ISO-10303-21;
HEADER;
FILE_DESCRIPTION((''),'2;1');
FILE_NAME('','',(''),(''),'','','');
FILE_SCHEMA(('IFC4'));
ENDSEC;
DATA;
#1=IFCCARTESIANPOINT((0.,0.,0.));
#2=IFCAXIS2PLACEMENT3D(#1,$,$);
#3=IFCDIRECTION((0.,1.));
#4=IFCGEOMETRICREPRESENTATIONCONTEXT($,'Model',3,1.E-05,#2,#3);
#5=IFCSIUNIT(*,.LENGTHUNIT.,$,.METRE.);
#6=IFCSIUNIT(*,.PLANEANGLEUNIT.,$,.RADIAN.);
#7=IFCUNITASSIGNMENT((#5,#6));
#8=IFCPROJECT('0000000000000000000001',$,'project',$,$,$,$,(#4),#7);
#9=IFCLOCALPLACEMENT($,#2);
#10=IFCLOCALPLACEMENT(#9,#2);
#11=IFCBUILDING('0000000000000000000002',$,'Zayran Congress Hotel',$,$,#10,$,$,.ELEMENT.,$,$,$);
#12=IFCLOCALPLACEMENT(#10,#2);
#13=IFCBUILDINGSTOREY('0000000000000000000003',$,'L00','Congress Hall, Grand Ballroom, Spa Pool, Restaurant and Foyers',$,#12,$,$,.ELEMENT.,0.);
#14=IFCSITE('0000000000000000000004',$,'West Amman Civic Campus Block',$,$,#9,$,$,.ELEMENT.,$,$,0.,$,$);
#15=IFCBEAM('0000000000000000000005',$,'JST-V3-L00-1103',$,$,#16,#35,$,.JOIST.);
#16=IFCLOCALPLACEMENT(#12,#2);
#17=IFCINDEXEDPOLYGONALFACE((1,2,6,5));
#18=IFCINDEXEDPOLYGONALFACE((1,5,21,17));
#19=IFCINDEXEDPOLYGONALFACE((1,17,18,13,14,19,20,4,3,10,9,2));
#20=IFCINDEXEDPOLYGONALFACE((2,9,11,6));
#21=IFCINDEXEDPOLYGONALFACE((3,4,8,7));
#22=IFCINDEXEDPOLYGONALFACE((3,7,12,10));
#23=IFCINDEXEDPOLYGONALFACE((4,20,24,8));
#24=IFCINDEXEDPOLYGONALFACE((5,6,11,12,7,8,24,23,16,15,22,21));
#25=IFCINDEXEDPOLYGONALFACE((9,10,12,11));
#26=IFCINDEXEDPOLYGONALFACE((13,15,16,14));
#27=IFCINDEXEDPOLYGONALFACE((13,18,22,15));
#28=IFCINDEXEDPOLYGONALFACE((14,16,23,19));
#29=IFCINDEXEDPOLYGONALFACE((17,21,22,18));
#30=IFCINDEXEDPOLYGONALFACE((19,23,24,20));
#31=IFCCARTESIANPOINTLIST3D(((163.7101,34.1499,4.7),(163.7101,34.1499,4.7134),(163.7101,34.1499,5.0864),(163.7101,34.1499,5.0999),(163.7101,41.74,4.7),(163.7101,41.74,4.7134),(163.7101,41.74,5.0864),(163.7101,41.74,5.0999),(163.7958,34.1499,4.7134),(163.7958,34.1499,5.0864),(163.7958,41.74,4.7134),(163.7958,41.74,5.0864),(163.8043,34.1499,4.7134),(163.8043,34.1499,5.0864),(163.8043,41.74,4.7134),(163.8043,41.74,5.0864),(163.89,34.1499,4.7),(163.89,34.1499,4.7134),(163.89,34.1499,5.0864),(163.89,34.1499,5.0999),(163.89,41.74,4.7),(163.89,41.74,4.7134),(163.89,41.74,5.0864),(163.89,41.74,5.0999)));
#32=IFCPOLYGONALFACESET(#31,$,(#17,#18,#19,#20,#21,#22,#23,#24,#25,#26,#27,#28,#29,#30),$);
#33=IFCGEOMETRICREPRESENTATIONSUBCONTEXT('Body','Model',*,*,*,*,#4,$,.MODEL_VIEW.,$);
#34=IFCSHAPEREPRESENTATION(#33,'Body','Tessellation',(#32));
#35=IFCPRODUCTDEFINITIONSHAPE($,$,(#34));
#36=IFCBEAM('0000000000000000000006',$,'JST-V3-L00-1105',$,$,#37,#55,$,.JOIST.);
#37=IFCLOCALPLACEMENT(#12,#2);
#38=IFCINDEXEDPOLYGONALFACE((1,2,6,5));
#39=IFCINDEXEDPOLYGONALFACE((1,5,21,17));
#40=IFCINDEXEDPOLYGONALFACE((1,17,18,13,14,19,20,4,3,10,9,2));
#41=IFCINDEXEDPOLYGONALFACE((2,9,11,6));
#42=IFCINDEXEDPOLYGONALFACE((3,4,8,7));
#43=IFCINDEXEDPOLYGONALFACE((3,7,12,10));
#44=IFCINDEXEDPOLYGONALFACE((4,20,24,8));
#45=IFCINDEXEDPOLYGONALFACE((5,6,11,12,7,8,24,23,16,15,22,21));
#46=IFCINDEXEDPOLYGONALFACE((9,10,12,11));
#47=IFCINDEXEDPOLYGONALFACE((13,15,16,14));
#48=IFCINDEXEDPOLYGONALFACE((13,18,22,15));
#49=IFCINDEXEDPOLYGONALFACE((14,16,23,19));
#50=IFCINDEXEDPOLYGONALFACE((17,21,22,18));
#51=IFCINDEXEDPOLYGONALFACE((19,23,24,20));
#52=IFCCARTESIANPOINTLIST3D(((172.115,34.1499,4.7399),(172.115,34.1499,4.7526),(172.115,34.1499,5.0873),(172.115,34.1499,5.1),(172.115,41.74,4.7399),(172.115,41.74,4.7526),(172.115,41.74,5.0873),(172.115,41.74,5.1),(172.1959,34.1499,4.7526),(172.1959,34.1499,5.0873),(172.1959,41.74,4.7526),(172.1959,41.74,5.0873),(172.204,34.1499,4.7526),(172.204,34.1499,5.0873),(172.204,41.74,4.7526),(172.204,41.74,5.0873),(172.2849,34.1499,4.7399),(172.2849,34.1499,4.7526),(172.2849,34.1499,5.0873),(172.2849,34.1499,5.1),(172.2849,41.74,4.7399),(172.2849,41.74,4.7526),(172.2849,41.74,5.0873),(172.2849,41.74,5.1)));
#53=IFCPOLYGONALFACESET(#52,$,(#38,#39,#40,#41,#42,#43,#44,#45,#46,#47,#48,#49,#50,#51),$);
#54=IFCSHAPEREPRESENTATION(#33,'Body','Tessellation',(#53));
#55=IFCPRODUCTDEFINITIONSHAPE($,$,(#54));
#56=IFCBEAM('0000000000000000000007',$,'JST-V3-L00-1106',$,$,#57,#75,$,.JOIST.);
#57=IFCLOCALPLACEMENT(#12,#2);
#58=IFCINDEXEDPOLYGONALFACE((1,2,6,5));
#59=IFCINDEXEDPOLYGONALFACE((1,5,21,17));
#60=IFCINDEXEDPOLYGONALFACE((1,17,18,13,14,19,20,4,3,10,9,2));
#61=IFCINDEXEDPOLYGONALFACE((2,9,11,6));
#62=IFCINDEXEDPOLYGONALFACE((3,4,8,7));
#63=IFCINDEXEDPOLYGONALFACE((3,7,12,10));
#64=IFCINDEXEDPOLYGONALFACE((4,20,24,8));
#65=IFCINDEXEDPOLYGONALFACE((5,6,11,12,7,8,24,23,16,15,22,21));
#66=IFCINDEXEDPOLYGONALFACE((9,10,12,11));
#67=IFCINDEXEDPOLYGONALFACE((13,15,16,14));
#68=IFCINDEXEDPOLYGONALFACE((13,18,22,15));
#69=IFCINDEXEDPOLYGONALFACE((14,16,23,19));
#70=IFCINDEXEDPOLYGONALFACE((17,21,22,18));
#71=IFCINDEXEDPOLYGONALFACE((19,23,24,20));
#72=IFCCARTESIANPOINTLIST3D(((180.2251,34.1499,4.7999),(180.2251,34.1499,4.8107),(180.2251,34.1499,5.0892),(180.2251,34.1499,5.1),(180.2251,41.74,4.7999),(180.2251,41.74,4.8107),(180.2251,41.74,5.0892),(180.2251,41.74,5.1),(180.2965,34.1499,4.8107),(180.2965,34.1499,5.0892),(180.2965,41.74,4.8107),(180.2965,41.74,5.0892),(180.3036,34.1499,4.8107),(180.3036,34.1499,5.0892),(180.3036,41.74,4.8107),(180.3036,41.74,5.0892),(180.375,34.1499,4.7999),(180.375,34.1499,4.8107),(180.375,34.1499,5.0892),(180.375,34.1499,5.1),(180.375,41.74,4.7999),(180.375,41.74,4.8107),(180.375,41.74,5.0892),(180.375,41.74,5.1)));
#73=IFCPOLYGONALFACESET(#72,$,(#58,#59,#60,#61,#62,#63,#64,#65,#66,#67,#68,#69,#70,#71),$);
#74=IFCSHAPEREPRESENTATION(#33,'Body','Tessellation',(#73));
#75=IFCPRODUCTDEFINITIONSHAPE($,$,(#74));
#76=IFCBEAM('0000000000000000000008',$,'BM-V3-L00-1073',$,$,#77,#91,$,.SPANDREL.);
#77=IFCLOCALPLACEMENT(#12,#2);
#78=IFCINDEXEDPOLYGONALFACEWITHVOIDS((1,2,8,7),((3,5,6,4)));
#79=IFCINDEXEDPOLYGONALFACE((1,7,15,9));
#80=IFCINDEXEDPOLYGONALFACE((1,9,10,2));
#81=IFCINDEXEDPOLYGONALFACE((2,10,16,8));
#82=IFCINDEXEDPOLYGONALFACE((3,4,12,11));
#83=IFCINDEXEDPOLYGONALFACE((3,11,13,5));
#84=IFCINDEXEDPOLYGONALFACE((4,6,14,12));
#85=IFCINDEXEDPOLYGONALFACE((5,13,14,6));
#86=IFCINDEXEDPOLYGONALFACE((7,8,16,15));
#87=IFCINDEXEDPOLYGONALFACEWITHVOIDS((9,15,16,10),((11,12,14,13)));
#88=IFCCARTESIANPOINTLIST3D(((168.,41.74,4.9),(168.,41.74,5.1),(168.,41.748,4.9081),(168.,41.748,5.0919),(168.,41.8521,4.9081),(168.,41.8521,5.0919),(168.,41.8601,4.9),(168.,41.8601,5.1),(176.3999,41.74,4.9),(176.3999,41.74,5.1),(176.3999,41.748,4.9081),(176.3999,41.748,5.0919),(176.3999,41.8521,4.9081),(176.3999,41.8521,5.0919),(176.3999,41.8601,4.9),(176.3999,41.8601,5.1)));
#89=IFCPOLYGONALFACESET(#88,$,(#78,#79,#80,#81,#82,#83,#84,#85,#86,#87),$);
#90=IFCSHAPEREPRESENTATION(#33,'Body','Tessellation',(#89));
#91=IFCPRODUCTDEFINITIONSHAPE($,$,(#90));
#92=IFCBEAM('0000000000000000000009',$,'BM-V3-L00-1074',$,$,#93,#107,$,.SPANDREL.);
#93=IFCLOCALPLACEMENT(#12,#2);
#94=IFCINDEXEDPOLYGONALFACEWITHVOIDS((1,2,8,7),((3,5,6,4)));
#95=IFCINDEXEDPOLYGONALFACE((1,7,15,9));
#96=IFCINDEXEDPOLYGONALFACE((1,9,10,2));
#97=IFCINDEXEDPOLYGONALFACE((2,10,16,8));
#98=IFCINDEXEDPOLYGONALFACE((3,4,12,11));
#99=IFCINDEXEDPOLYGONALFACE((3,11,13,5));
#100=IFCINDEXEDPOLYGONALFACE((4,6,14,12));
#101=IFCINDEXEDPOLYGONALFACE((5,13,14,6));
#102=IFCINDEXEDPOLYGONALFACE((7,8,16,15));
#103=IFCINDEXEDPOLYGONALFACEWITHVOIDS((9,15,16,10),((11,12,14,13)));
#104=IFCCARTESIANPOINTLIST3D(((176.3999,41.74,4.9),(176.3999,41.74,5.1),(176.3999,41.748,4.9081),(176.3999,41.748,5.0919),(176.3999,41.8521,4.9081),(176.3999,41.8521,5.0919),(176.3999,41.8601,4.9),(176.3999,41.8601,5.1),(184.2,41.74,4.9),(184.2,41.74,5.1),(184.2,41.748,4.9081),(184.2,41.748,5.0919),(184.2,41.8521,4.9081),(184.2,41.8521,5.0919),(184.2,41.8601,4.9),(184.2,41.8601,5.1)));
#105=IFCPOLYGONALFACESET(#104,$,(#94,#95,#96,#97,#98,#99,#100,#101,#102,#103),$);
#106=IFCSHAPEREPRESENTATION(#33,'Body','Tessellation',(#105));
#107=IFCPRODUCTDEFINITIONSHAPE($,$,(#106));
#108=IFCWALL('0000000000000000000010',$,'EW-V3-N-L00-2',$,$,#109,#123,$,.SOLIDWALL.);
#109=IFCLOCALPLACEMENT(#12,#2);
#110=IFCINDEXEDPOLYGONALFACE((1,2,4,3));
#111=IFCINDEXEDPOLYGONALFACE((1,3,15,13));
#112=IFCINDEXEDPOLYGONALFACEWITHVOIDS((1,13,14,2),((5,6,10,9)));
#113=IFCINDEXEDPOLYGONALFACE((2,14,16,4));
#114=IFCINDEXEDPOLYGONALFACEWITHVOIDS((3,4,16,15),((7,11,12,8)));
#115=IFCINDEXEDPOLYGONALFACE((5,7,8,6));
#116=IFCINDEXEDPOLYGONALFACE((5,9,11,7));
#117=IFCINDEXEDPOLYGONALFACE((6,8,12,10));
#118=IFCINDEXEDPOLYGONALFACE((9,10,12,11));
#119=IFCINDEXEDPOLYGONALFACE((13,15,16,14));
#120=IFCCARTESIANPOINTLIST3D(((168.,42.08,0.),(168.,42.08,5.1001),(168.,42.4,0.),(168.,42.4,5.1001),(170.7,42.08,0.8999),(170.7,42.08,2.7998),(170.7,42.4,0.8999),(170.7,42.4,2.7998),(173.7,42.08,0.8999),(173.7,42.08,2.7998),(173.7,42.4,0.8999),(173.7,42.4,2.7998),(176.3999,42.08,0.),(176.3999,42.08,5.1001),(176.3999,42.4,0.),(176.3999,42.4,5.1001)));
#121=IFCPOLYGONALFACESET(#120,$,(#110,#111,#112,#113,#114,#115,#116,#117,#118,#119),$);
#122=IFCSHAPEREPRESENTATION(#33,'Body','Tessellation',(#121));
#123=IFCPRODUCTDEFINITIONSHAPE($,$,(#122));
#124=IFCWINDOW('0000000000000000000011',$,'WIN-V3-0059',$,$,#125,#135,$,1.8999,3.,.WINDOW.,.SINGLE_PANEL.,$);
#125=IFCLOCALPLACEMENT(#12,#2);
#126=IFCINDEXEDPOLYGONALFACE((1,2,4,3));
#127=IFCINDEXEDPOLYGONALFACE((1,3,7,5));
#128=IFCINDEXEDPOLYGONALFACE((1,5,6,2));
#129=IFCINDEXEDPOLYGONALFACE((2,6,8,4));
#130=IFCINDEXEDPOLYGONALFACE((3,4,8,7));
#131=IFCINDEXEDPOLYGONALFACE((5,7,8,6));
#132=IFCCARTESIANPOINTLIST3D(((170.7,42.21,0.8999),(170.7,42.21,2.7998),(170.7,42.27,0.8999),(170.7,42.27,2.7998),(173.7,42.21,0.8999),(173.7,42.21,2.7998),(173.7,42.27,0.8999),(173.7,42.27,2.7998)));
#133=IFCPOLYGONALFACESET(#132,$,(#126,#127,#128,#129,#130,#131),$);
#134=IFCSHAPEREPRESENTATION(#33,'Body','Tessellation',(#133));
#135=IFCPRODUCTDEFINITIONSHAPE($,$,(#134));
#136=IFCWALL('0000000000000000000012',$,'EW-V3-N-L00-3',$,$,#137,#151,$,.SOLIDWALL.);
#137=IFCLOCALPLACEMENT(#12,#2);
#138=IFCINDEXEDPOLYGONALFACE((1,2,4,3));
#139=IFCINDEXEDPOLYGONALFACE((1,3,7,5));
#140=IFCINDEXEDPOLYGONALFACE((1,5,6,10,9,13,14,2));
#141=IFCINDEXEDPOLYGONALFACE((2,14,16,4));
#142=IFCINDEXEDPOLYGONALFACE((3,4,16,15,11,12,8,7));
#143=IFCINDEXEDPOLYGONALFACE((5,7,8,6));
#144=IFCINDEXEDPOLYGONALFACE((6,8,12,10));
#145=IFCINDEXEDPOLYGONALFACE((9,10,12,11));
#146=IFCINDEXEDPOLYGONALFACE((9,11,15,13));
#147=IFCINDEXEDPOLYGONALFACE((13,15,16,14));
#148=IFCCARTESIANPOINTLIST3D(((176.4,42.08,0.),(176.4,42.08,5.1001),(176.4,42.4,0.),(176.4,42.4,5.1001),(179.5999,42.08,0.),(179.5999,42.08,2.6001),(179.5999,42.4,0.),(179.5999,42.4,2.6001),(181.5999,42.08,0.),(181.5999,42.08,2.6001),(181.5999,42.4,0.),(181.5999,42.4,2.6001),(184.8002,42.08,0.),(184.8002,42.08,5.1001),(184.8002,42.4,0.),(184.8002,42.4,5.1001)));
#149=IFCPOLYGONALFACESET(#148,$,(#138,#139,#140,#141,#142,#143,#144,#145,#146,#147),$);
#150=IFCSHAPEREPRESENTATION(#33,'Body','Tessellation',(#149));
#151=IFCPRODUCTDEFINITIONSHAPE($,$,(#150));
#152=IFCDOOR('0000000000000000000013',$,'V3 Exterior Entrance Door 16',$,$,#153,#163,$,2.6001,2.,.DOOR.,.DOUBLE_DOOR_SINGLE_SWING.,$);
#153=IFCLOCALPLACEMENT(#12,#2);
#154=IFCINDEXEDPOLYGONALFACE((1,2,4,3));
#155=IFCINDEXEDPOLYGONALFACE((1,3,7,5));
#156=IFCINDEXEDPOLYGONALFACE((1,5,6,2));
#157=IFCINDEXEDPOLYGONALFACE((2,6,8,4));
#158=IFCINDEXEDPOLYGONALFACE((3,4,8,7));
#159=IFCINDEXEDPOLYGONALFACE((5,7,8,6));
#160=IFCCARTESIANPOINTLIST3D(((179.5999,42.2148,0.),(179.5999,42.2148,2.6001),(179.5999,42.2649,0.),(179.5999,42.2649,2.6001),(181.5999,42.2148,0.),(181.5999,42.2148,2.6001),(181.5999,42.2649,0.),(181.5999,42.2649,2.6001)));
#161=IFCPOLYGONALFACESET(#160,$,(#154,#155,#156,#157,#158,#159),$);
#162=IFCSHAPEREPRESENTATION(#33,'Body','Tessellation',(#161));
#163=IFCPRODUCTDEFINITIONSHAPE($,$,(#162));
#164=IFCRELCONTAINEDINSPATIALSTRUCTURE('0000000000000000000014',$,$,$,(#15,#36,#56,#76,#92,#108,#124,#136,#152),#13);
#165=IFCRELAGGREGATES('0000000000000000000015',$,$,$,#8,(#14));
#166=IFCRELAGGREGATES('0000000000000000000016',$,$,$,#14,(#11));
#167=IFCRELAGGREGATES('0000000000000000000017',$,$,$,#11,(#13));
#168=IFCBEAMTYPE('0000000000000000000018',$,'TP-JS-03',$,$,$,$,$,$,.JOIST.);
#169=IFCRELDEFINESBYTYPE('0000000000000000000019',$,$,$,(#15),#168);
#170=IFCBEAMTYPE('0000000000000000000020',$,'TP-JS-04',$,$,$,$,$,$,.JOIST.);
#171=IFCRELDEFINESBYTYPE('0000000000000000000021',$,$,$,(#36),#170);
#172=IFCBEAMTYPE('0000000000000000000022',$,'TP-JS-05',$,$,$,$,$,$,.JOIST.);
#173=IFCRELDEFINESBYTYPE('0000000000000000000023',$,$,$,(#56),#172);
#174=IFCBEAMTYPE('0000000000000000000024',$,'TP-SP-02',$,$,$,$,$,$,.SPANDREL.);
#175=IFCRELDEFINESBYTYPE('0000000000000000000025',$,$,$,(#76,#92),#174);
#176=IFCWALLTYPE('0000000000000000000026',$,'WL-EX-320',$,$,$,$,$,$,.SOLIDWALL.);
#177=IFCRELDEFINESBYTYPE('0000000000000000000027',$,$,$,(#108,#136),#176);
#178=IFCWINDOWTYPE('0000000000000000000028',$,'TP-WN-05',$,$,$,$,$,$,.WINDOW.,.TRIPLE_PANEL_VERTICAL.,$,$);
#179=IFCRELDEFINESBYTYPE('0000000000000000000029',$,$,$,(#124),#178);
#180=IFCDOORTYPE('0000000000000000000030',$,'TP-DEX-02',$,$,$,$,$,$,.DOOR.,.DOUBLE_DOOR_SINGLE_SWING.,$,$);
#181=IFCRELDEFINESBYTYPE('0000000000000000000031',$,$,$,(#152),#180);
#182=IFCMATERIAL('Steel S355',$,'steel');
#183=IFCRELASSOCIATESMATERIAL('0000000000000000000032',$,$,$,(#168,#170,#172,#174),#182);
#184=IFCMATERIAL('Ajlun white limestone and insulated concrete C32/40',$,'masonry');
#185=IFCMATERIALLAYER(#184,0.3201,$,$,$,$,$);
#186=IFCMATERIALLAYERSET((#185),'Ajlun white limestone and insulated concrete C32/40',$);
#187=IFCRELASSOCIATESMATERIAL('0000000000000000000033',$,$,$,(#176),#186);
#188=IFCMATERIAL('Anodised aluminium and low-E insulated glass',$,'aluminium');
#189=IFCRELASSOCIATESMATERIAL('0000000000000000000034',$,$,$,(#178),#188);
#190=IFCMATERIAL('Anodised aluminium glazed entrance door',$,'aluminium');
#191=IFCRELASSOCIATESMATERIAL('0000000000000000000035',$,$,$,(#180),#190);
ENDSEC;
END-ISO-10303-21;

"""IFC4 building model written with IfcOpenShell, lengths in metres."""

from ifc_helpers import new_model, si_unit, direction, frame, frame_2d, origin, origin_2d, place, context, subcontext, project, spatial, rectangle, hollow_rectangle, i_section, extrude, material, layer, layer_set, material_profile, profile_set, type_object, element, fill, save


model = new_model("IFC4")

# Units and contexts
model_context = context("Model", 3, precision=1e-05, world=origin(), true_north=direction((0.0, 1.0)))
body_context = subcontext(model_context, "Body", "Model", "MODEL_VIEW")
ifc_project = project(units=[si_unit("LENGTHUNIT", "METRE"), si_unit("PLANEANGLEUNIT", "RADIAN")], contexts=[model_context])

# Site, building, storey
site_placement = place(None, origin())
site = spatial("IfcSite", under=ifc_project, at=site_placement, Name="West Amman Civic Campus Block", CompositionType="ELEMENT", RefElevation=0.0)
building_placement = place(site_placement, origin())
building = spatial("IfcBuilding", under=site, at=building_placement, Name="Zayran Congress Hotel", CompositionType="ELEMENT")
storey_placement = place(building_placement, origin())
storey = spatial("IfcBuildingStorey", under=building, at=storey_placement, Name="L00", Description="Congress Hall, Grand Ballroom, Spa Pool, Restaurant and Foyers", CompositionType="ELEMENT", Elevation=0.0)

# Beams
ifc_material_1 = material(Name="Steel S355", Category="steel")
ifc_material_profile_1 = material_profile(ifc_material_1, i_section(OverallWidth=0.1799, OverallDepth=0.3999, WebThickness=0.0085, FlangeThickness=0.0134, at=origin_2d()), Name="IPE 400")
ifc_profile_set_1 = profile_set([ifc_material_profile_1], Name="Steel S355")
beam_type_1 = type_object("IfcBeamType", Name="TP-JS-03", PredefinedType="JOIST", material=ifc_profile_set_1)
beam_1_placement = place(storey_placement, frame((163.8, 34.1499, 4.8999), z_axis=(0.0, 1.0, 0.0), x_axis=(-1.0, 0.0, 0.0)))
element("IfcBeam", 1, at=beam_1_placement, inside=storey, type_object=beam_type_1, Name="JST-V3-L00-1103", PredefinedType="JOIST", context=body_context, shape_type="SweptSolid", body=[
    extrude(i_section(OverallWidth=0.1799, OverallDepth=0.3999, WebThickness=0.0085, FlangeThickness=0.0134, at=origin_2d()), origin(), (0.0, 0.0, 1.0), 7.5901),
])
ifc_material_profile_2 = material_profile(ifc_material_1, i_section(OverallWidth=0.1699, OverallDepth=0.3601, WebThickness=0.0081, FlangeThickness=0.0127, at=origin_2d()), Name="IPE 360")
ifc_profile_set_2 = profile_set([ifc_material_profile_2], Name="Steel S355")
beam_type_2 = type_object("IfcBeamType", Name="TP-JS-04", PredefinedType="JOIST", material=ifc_profile_set_2)
beam_2_placement = place(storey_placement, frame((172.2, 34.1499, 4.9199), z_axis=(0.0, 1.0, 0.0), x_axis=(-1.0, 0.0, 0.0)))
element("IfcBeam", 2, at=beam_2_placement, inside=storey, type_object=beam_type_2, Name="JST-V3-L00-1105", PredefinedType="JOIST", context=body_context, shape_type="SweptSolid", body=[
    extrude(i_section(OverallWidth=0.1699, OverallDepth=0.3601, WebThickness=0.0081, FlangeThickness=0.0127, at=origin_2d()), origin(), (0.0, 0.0, 1.0), 7.5901),
])
ifc_material_profile_3 = material_profile(ifc_material_1, i_section(OverallWidth=0.1499, OverallDepth=0.3, WebThickness=0.0071, FlangeThickness=0.0107, at=origin_2d()), Name="IPE 300")
ifc_profile_set_3 = profile_set([ifc_material_profile_3], Name="Steel S355")
beam_type_3 = type_object("IfcBeamType", Name="TP-JS-05", PredefinedType="JOIST", material=ifc_profile_set_3)
beam_3_placement = place(storey_placement, frame((180.3, 34.1499, 4.95), z_axis=(0.0, 1.0, 0.0), x_axis=(-1.0, 0.0, 0.0)))
element("IfcBeam", 3, at=beam_3_placement, inside=storey, type_object=beam_type_3, Name="JST-V3-L00-1106", PredefinedType="JOIST", context=body_context, shape_type="SweptSolid", body=[
    extrude(i_section(OverallWidth=0.1499, OverallDepth=0.3, WebThickness=0.0071, FlangeThickness=0.0107, at=origin_2d()), origin(), (0.0, 0.0, 1.0), 7.5901),
])
ifc_material_profile_4 = material_profile(ifc_material_1, hollow_rectangle(XDim=0.1201, YDim=0.2, WallThickness=0.0081, at=origin_2d()), Name="RHS 200x120x8")
ifc_profile_set_4 = profile_set([ifc_material_profile_4], Name="Steel S355")
beam_type_4 = type_object("IfcBeamType", Name="TP-SP-02", PredefinedType="SPANDREL", material=ifc_profile_set_4)
beam_4_placement = place(storey_placement, frame((168.0, 41.8, 5.0), z_axis=(1.0, 0.0, 0.0), x_axis=(0.0, 1.0, 0.0)))
element("IfcBeam", 4, at=beam_4_placement, inside=storey, type_object=beam_type_4, Name="BM-V3-L00-1073", PredefinedType="SPANDREL", context=body_context, shape_type="SweptSolid", body=[
    extrude(hollow_rectangle(XDim=0.1201, YDim=0.2, WallThickness=0.0081, at=origin_2d()), origin(), (0.0, 0.0, 1.0), 8.3999),
])
beam_5_placement = place(storey_placement, frame((176.3999, 41.8, 5.0), z_axis=(1.0, 0.0, 0.0), x_axis=(0.0, 1.0, 0.0)))
element("IfcBeam", 5, at=beam_5_placement, inside=storey, type_object=beam_type_4, Name="BM-V3-L00-1074", PredefinedType="SPANDREL", context=body_context, shape_type="SweptSolid", body=[
    extrude(hollow_rectangle(XDim=0.1201, YDim=0.2, WallThickness=0.0081, at=origin_2d()), origin(), (0.0, 0.0, 1.0), 7.8),
])

# Wall, opening, window
ifc_material_2 = material(Name="Ajlun white limestone and insulated concrete C32/40", Category="masonry")
ifc_layer_1 = layer(ifc_material_2, 0.3201)
ifc_layer_set_1 = layer_set([ifc_layer_1], Name="Ajlun white limestone and insulated concrete C32/40")
wall_type_1 = type_object("IfcWallType", Name="WL-EX-320", PredefinedType="SOLIDWALL", material=ifc_layer_set_1)
wall_1_placement = place(storey_placement, frame((168.0, 42.24, 0.0), z_axis=(0.0, 0.0, 1.0), x_axis=(1.0, 0.0, 0.0)))
wall_1 = element("IfcWall", 6, at=wall_1_placement, inside=storey, type_object=wall_type_1, Name="EW-V3-N-L00-2", PredefinedType="SOLIDWALL", context=body_context, shape_type="SweptSolid", body=[
    extrude(rectangle(XDim=8.3999, YDim=0.3201, at=frame_2d((4.2, 0.0))), origin(), (0.0, 0.0, 1.0), 5.1001),
])
opening_1_placement = place(wall_1_placement, frame((2.7, 0.0, 0.8999)))
opening_1 = element("IfcOpeningElement", 7, at=opening_1_placement, cuts=wall_1, PredefinedType="OPENING", context=body_context, shape_type="SweptSolid", body=[
    extrude(rectangle(XDim=3.0, YDim=1.8999, at=frame_2d((1.5, 0.95))), frame((0.0, 0.1699, 0.0), z_axis=(0.0, -1.0, 0.0), x_axis=(1.0, 0.0, 0.0)), (0.0, 0.0, 1.0), 0.3401),
])
ifc_material_3 = material(Name="Anodised aluminium and low-E insulated glass", Category="aluminium")
window_type = type_object("IfcWindowType", Name="TP-WN-05", PartitioningType="TRIPLE_PANEL_VERTICAL", PredefinedType="WINDOW", material=ifc_material_3)
window_placement = place(opening_1_placement, origin())
window = element("IfcWindow", 8, at=window_placement, inside=storey, type_object=window_type, Name="WIN-V3-0059", OverallHeight=1.8999, OverallWidth=3.0, PartitioningType="SINGLE_PANEL", PredefinedType="WINDOW", context=body_context, shape_type="SweptSolid", body=[
    extrude(rectangle(XDim=3.0, YDim=1.8999, at=frame_2d((1.5, 0.95))), frame((0.0, 0.03, 0.0), z_axis=(0.0, -1.0, 0.0), x_axis=(1.0, 0.0, 0.0)), (0.0, 0.0, 1.0), 0.0601),
])
fill(opening_1, window)

# Wall, opening, door
wall_2_placement = place(storey_placement, frame((176.3999, 42.24, 0.0), z_axis=(0.0, 0.0, 1.0), x_axis=(1.0, 0.0, 0.0)))
wall_2 = element("IfcWall", 9, at=wall_2_placement, inside=storey, type_object=wall_type_1, Name="EW-V3-N-L00-3", PredefinedType="SOLIDWALL", context=body_context, shape_type="SweptSolid", body=[
    extrude(rectangle(XDim=8.4001, YDim=0.3201, at=frame_2d((4.2002, 0.0))), origin(), (0.0, 0.0, 1.0), 5.1001),
])
opening_2_placement = place(wall_2_placement, frame((3.2, 0.0, 0.0)))
opening_2 = element("IfcOpeningElement", 10, at=opening_2_placement, cuts=wall_2, PredefinedType="OPENING", context=body_context, shape_type="SweptSolid", body=[
    extrude(rectangle(XDim=2.0, YDim=2.6001, at=frame_2d((1.0, 1.3))), frame((0.0, 0.1699, 0.0), z_axis=(0.0, -1.0, 0.0), x_axis=(1.0, 0.0, 0.0)), (0.0, 0.0, 1.0), 0.3401),
])
ifc_material_4 = material(Name="Anodised aluminium glazed entrance door", Category="aluminium")
door_type_1 = type_object("IfcDoorType", Name="TP-DEX-02", OperationType="DOUBLE_DOOR_SINGLE_SWING", PredefinedType="DOOR", material=ifc_material_4)
door_1_placement = place(opening_2_placement, origin())
door_1 = element("IfcDoor", 11, at=door_1_placement, inside=storey, type_object=door_type_1, Name="V3 Exterior Entrance Door 16", OperationType="DOUBLE_DOOR_SINGLE_SWING", OverallHeight=2.6001, OverallWidth=2.0, PredefinedType="DOOR", context=body_context, shape_type="SweptSolid", body=[
    extrude(rectangle(XDim=2.0, YDim=2.6001, at=frame_2d((1.0, 1.3))), frame((0.0, 0.0249, 0.0), z_axis=(0.0, -1.0, 0.0), x_axis=(1.0, 0.0, 0.0)), (0.0, 0.0, 1.0), 0.05),
])
fill(opening_2, door_1)

save(model, "model.ifc")
